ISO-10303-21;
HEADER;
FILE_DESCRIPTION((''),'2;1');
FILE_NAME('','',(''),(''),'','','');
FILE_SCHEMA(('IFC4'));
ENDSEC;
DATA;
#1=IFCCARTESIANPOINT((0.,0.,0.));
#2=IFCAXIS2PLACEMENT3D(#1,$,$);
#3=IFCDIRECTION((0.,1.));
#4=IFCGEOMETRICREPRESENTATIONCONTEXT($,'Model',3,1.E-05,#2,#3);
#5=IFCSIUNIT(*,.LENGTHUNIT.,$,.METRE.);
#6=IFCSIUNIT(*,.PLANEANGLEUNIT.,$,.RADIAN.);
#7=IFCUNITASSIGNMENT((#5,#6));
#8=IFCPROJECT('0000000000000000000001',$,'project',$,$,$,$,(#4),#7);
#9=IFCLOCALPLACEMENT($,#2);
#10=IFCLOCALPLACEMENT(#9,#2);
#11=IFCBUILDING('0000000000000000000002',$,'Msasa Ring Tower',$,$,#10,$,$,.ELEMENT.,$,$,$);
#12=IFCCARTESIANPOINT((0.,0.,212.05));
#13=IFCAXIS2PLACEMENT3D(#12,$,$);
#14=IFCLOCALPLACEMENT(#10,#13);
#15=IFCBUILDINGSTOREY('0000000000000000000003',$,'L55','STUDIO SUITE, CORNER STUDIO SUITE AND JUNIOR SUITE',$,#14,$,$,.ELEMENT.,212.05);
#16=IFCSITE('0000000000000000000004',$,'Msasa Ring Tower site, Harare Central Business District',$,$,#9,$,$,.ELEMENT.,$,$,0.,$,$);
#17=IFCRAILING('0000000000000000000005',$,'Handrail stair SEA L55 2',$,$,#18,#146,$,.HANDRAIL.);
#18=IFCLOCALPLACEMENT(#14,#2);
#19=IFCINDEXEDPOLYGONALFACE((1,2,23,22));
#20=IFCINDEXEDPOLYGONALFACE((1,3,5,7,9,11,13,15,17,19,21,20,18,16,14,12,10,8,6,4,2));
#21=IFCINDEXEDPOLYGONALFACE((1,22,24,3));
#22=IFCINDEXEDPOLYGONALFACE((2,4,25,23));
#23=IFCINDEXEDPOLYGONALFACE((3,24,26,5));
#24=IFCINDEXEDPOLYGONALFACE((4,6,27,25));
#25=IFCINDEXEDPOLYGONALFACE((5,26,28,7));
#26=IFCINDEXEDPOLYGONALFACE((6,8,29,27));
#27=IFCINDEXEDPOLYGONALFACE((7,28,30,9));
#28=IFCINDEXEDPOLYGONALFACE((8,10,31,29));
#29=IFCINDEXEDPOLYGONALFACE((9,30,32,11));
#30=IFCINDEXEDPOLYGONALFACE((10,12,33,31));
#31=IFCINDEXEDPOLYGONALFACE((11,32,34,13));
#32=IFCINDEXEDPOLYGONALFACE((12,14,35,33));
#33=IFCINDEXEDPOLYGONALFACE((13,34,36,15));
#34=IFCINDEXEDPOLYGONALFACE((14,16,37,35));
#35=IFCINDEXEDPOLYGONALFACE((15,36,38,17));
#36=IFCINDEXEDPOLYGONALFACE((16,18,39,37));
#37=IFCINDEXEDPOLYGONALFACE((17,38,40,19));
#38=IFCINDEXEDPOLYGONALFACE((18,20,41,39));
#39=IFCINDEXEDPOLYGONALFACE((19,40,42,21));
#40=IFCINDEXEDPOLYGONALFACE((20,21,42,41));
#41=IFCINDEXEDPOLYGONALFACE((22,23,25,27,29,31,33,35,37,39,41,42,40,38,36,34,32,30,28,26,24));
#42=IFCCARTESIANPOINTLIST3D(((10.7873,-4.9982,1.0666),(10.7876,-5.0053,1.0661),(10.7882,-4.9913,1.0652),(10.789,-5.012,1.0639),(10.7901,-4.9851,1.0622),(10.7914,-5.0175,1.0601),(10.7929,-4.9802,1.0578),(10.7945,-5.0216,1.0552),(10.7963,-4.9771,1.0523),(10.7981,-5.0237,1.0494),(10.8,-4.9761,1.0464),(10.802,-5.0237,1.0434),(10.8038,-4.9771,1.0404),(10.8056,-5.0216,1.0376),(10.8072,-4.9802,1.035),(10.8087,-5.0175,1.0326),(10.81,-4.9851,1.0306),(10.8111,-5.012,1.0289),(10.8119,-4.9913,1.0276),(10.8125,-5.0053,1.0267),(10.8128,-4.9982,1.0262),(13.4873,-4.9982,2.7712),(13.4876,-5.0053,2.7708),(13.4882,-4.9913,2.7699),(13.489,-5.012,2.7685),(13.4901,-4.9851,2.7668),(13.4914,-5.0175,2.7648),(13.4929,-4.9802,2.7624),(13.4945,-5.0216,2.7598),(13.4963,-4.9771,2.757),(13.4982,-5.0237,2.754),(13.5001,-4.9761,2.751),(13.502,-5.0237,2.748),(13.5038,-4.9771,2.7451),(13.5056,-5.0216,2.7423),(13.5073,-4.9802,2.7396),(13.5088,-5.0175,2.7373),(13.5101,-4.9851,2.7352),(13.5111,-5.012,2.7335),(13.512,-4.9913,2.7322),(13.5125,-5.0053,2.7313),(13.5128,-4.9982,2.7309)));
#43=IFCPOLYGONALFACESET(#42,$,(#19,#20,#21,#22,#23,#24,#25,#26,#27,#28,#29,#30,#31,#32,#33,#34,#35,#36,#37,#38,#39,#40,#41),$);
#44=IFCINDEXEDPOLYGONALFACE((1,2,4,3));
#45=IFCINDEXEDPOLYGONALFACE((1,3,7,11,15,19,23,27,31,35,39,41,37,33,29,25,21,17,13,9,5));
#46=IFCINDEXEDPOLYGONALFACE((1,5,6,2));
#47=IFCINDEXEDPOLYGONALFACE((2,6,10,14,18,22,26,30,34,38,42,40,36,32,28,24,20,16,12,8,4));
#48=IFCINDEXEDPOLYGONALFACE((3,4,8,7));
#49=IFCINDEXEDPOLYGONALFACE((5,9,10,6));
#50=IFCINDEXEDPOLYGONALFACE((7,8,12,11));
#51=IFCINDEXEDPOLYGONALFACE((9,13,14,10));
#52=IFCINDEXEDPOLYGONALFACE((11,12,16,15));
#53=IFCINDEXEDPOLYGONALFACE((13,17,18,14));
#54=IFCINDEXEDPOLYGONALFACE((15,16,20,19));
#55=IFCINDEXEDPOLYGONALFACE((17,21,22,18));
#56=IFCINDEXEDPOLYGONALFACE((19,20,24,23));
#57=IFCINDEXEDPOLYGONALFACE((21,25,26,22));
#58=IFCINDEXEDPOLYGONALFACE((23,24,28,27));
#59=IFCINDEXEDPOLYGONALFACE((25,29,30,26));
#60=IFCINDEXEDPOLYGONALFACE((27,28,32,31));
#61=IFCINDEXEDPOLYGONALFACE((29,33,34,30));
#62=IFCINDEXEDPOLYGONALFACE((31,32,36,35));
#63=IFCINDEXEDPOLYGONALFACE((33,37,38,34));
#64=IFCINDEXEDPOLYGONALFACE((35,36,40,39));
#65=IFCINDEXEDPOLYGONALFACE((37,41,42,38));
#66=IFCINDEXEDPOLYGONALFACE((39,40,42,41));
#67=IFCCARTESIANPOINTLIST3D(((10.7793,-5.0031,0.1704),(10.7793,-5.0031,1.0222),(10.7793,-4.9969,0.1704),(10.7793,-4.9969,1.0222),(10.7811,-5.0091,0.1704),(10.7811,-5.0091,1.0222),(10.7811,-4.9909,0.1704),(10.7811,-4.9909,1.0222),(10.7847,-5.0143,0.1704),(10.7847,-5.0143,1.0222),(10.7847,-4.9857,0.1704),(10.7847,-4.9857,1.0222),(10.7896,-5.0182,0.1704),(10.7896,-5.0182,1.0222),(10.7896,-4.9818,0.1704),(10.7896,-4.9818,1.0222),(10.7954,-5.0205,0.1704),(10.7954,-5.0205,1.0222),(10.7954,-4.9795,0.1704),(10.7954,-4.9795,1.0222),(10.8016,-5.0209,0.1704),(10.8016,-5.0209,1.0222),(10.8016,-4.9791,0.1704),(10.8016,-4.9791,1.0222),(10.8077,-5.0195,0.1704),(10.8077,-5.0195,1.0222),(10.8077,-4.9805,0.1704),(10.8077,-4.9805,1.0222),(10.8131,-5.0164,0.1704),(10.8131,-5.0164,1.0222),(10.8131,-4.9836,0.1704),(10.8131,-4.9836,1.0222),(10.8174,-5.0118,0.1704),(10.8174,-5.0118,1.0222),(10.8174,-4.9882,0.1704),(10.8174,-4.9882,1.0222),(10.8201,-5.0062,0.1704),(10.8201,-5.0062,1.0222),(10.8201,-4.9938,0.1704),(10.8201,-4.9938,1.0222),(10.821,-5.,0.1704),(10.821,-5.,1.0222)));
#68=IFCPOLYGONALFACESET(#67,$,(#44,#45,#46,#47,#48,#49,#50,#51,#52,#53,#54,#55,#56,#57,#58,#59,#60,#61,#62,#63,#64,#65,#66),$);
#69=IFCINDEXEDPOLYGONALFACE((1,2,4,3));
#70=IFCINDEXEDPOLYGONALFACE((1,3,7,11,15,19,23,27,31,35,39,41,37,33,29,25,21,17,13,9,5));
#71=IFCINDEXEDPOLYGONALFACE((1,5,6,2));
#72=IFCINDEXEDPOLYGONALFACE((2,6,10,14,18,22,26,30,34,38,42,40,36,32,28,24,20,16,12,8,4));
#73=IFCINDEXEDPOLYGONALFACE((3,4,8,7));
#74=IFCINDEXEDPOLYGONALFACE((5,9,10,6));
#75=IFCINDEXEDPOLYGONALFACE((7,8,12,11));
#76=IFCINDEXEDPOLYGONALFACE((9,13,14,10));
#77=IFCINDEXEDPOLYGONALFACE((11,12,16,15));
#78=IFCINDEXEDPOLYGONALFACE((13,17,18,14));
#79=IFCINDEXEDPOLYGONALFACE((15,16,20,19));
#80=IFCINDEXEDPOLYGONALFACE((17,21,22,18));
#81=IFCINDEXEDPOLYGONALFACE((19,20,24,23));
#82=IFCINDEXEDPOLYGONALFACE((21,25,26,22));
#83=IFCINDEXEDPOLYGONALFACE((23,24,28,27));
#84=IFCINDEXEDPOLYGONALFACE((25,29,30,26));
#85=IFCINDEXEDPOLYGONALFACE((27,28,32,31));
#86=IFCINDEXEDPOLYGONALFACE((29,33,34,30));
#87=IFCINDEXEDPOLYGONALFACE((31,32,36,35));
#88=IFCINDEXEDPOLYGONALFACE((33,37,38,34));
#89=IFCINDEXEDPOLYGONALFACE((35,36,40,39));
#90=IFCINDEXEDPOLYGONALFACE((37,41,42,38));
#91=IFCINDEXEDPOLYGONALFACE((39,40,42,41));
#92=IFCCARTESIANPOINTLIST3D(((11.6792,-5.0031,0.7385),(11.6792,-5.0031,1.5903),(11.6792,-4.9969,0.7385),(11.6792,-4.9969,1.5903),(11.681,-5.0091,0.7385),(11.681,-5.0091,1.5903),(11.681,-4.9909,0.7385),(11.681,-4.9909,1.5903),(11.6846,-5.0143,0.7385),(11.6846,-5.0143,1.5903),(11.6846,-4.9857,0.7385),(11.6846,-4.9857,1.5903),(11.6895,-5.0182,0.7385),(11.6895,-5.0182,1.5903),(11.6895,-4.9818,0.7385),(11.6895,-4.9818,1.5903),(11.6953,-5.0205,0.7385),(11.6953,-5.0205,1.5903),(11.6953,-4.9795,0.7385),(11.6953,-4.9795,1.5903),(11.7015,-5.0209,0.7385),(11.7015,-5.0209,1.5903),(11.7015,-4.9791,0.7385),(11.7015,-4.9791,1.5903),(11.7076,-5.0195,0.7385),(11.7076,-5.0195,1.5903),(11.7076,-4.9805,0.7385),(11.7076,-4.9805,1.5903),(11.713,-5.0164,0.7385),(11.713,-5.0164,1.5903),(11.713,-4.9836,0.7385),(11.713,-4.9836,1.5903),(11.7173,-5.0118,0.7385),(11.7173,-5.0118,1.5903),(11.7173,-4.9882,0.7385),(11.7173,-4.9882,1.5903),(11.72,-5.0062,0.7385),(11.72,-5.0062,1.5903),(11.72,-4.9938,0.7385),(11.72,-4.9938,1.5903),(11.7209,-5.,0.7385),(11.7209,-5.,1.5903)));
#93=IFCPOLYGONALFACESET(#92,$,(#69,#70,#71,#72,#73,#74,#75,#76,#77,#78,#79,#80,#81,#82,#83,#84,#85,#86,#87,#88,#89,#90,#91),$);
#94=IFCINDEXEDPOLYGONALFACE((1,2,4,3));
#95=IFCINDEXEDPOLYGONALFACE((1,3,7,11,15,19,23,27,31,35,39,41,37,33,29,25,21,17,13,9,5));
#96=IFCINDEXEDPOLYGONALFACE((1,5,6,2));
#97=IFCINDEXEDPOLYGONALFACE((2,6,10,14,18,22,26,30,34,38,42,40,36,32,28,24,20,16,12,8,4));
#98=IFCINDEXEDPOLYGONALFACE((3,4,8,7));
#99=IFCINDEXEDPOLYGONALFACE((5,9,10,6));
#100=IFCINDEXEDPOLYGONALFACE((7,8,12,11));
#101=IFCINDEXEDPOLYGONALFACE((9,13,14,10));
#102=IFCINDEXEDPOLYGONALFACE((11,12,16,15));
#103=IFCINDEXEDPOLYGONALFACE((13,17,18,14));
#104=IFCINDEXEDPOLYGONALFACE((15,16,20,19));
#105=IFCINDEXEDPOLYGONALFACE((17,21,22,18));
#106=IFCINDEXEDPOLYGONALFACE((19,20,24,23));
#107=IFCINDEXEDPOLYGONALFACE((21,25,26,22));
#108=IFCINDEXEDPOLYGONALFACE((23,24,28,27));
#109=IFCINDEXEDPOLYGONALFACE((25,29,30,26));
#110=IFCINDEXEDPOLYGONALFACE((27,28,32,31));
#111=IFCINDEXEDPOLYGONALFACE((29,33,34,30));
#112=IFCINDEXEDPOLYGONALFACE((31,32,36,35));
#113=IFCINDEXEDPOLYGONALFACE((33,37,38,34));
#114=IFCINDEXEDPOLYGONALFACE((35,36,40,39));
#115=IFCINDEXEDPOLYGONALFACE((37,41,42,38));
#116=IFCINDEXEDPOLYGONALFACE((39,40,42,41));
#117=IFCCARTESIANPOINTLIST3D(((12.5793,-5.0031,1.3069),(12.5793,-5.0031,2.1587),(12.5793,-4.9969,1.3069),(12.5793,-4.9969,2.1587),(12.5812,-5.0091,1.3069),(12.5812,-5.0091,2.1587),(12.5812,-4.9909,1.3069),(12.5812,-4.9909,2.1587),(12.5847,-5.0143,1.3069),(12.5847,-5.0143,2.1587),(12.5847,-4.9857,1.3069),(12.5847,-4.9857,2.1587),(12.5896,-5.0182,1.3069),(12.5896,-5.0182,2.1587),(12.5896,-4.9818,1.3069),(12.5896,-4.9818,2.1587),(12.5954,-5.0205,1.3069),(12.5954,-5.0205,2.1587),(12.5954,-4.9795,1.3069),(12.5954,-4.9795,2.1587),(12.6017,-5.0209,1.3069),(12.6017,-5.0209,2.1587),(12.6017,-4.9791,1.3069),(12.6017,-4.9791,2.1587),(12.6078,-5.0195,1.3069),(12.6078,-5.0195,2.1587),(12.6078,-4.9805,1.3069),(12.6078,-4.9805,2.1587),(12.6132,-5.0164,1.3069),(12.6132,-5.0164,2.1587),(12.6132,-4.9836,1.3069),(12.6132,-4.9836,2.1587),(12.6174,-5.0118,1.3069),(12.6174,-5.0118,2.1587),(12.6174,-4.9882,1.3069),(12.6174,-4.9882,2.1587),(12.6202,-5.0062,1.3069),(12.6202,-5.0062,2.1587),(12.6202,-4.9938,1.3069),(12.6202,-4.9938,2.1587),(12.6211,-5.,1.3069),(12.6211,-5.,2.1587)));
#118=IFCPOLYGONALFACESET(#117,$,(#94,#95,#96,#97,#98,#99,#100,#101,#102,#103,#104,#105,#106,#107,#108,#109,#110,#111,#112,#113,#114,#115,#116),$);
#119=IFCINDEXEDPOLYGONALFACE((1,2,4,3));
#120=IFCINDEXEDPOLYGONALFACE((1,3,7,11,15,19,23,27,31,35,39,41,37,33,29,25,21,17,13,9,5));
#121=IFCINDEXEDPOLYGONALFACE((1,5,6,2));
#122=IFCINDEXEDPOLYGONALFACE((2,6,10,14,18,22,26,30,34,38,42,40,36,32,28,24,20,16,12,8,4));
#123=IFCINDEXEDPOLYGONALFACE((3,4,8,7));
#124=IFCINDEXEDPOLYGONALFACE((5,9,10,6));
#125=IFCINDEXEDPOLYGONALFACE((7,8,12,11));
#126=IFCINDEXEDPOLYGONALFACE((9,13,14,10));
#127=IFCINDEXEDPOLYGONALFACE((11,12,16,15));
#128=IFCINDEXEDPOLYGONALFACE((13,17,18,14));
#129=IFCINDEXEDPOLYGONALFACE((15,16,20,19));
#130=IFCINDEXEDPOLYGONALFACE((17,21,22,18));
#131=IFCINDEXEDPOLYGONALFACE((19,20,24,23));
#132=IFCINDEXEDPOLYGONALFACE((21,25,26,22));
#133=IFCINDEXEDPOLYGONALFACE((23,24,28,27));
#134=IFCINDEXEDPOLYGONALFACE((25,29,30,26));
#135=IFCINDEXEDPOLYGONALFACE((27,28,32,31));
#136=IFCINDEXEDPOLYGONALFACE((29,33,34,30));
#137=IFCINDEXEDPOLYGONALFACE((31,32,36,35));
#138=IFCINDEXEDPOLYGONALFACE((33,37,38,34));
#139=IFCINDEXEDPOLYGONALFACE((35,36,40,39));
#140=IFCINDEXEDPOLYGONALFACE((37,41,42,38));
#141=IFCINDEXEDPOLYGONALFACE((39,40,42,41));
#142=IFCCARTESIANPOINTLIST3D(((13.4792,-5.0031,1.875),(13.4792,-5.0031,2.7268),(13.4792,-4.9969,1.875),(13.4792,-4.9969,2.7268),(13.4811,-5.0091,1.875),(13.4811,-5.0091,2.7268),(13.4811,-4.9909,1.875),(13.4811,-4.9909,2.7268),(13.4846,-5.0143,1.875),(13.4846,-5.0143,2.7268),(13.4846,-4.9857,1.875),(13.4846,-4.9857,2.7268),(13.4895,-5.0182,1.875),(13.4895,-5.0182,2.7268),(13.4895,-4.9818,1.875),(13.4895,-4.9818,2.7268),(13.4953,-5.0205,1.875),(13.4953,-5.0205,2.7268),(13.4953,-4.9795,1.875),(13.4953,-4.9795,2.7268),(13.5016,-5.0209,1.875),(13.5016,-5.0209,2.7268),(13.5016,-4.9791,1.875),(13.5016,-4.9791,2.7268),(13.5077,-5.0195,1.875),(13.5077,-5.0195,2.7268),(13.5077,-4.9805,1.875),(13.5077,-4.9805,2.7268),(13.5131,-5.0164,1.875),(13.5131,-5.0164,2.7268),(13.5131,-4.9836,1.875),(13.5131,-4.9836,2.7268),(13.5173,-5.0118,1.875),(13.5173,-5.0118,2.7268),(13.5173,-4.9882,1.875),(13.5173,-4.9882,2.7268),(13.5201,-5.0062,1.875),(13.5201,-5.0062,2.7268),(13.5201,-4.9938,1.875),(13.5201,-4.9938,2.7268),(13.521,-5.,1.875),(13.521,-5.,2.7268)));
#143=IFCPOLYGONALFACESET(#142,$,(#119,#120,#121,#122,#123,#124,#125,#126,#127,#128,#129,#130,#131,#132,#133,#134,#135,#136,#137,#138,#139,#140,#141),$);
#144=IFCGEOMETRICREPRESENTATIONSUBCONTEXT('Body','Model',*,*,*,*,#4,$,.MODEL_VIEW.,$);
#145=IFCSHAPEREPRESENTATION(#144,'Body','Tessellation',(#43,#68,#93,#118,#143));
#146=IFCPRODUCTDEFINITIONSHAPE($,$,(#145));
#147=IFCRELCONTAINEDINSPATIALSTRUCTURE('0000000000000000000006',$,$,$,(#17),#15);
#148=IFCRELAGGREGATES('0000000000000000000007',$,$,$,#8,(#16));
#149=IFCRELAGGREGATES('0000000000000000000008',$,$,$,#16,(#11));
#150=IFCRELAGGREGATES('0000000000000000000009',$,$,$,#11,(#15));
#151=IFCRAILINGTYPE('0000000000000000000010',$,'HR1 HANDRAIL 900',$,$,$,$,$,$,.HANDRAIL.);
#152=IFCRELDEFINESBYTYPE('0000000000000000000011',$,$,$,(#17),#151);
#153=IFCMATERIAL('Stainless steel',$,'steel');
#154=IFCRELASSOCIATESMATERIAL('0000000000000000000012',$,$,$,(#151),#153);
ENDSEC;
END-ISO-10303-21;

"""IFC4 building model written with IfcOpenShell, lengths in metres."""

from ifc_helpers import new_model, si_unit, direction, frame, origin, origin_2d, place, context, subcontext, project, spatial, circle, extrude, material, type_object, element, save


model = new_model("IFC4")

# Units and contexts
model_context = context("Model", 3, precision=1e-05, world=origin(), true_north=direction((0.0, 1.0)))
body_context = subcontext(model_context, "Body", "Model", "MODEL_VIEW")
ifc_project = project(units=[si_unit("LENGTHUNIT", "METRE"), si_unit("PLANEANGLEUNIT", "RADIAN")], contexts=[model_context])

# Site, building, storey
site_placement = place(None, origin())
site = spatial("IfcSite", under=ifc_project, at=site_placement, Name="Msasa Ring Tower site, Harare Central Business District", CompositionType="ELEMENT", RefElevation=0.0)
building_placement = place(site_placement, origin())
building = spatial("IfcBuilding", under=site, at=building_placement, Name="Msasa Ring Tower", CompositionType="ELEMENT")
storey_placement = place(building_placement, frame((0.0, 0.0, 212.05)))
storey = spatial("IfcBuildingStorey", under=building, at=storey_placement, Name="L55", Description="STUDIO SUITE, CORNER STUDIO SUITE AND JUNIOR SUITE", CompositionType="ELEMENT", Elevation=212.05)

# Railing
ifc_material_1 = material(Name="Stainless steel", Category="steel")
railing_type = type_object("IfcRailingType", Name="HR1 HANDRAIL 900", PredefinedType="HANDRAIL", material=ifc_material_1)
for number, where, name in (
    (1, (10.8, -5.0, 0.1704), "Handrail stair SEA L55 2"),
):
    element("IfcRailing", number, at=place(storey_placement, frame(where)), inside=storey, type_object=railing_type, Name=name, PredefinedType="HANDRAIL", context=body_context, shape_type="SweptSolid", body=[
        extrude(circle(Radius=0.0239, at=origin_2d()), frame((0.0, 0.0, 0.876), z_axis=(0.84558, 0.0, 0.533849), x_axis=(0.0, 1.0, 0.0)), (0.0, 0.0, 1.0), 3.1931),
        extrude(circle(Radius=0.021, at=origin_2d()), origin(), (0.0, 0.0, 1.0), 0.8518),
        extrude(circle(Radius=0.021, at=origin_2d()), frame((0.8999, 0.0, 0.5681)), (0.0, 0.0, 1.0), 0.8518),
        extrude(circle(Radius=0.021, at=origin_2d()), frame((1.8, 0.0, 1.1365)), (0.0, 0.0, 1.0), 0.8518),
        extrude(circle(Radius=0.021, at=origin_2d()), frame((2.7, 0.0, 1.7046)), (0.0, 0.0, 1.0), 0.8518),
    ])

save(model, "model.ifc")
